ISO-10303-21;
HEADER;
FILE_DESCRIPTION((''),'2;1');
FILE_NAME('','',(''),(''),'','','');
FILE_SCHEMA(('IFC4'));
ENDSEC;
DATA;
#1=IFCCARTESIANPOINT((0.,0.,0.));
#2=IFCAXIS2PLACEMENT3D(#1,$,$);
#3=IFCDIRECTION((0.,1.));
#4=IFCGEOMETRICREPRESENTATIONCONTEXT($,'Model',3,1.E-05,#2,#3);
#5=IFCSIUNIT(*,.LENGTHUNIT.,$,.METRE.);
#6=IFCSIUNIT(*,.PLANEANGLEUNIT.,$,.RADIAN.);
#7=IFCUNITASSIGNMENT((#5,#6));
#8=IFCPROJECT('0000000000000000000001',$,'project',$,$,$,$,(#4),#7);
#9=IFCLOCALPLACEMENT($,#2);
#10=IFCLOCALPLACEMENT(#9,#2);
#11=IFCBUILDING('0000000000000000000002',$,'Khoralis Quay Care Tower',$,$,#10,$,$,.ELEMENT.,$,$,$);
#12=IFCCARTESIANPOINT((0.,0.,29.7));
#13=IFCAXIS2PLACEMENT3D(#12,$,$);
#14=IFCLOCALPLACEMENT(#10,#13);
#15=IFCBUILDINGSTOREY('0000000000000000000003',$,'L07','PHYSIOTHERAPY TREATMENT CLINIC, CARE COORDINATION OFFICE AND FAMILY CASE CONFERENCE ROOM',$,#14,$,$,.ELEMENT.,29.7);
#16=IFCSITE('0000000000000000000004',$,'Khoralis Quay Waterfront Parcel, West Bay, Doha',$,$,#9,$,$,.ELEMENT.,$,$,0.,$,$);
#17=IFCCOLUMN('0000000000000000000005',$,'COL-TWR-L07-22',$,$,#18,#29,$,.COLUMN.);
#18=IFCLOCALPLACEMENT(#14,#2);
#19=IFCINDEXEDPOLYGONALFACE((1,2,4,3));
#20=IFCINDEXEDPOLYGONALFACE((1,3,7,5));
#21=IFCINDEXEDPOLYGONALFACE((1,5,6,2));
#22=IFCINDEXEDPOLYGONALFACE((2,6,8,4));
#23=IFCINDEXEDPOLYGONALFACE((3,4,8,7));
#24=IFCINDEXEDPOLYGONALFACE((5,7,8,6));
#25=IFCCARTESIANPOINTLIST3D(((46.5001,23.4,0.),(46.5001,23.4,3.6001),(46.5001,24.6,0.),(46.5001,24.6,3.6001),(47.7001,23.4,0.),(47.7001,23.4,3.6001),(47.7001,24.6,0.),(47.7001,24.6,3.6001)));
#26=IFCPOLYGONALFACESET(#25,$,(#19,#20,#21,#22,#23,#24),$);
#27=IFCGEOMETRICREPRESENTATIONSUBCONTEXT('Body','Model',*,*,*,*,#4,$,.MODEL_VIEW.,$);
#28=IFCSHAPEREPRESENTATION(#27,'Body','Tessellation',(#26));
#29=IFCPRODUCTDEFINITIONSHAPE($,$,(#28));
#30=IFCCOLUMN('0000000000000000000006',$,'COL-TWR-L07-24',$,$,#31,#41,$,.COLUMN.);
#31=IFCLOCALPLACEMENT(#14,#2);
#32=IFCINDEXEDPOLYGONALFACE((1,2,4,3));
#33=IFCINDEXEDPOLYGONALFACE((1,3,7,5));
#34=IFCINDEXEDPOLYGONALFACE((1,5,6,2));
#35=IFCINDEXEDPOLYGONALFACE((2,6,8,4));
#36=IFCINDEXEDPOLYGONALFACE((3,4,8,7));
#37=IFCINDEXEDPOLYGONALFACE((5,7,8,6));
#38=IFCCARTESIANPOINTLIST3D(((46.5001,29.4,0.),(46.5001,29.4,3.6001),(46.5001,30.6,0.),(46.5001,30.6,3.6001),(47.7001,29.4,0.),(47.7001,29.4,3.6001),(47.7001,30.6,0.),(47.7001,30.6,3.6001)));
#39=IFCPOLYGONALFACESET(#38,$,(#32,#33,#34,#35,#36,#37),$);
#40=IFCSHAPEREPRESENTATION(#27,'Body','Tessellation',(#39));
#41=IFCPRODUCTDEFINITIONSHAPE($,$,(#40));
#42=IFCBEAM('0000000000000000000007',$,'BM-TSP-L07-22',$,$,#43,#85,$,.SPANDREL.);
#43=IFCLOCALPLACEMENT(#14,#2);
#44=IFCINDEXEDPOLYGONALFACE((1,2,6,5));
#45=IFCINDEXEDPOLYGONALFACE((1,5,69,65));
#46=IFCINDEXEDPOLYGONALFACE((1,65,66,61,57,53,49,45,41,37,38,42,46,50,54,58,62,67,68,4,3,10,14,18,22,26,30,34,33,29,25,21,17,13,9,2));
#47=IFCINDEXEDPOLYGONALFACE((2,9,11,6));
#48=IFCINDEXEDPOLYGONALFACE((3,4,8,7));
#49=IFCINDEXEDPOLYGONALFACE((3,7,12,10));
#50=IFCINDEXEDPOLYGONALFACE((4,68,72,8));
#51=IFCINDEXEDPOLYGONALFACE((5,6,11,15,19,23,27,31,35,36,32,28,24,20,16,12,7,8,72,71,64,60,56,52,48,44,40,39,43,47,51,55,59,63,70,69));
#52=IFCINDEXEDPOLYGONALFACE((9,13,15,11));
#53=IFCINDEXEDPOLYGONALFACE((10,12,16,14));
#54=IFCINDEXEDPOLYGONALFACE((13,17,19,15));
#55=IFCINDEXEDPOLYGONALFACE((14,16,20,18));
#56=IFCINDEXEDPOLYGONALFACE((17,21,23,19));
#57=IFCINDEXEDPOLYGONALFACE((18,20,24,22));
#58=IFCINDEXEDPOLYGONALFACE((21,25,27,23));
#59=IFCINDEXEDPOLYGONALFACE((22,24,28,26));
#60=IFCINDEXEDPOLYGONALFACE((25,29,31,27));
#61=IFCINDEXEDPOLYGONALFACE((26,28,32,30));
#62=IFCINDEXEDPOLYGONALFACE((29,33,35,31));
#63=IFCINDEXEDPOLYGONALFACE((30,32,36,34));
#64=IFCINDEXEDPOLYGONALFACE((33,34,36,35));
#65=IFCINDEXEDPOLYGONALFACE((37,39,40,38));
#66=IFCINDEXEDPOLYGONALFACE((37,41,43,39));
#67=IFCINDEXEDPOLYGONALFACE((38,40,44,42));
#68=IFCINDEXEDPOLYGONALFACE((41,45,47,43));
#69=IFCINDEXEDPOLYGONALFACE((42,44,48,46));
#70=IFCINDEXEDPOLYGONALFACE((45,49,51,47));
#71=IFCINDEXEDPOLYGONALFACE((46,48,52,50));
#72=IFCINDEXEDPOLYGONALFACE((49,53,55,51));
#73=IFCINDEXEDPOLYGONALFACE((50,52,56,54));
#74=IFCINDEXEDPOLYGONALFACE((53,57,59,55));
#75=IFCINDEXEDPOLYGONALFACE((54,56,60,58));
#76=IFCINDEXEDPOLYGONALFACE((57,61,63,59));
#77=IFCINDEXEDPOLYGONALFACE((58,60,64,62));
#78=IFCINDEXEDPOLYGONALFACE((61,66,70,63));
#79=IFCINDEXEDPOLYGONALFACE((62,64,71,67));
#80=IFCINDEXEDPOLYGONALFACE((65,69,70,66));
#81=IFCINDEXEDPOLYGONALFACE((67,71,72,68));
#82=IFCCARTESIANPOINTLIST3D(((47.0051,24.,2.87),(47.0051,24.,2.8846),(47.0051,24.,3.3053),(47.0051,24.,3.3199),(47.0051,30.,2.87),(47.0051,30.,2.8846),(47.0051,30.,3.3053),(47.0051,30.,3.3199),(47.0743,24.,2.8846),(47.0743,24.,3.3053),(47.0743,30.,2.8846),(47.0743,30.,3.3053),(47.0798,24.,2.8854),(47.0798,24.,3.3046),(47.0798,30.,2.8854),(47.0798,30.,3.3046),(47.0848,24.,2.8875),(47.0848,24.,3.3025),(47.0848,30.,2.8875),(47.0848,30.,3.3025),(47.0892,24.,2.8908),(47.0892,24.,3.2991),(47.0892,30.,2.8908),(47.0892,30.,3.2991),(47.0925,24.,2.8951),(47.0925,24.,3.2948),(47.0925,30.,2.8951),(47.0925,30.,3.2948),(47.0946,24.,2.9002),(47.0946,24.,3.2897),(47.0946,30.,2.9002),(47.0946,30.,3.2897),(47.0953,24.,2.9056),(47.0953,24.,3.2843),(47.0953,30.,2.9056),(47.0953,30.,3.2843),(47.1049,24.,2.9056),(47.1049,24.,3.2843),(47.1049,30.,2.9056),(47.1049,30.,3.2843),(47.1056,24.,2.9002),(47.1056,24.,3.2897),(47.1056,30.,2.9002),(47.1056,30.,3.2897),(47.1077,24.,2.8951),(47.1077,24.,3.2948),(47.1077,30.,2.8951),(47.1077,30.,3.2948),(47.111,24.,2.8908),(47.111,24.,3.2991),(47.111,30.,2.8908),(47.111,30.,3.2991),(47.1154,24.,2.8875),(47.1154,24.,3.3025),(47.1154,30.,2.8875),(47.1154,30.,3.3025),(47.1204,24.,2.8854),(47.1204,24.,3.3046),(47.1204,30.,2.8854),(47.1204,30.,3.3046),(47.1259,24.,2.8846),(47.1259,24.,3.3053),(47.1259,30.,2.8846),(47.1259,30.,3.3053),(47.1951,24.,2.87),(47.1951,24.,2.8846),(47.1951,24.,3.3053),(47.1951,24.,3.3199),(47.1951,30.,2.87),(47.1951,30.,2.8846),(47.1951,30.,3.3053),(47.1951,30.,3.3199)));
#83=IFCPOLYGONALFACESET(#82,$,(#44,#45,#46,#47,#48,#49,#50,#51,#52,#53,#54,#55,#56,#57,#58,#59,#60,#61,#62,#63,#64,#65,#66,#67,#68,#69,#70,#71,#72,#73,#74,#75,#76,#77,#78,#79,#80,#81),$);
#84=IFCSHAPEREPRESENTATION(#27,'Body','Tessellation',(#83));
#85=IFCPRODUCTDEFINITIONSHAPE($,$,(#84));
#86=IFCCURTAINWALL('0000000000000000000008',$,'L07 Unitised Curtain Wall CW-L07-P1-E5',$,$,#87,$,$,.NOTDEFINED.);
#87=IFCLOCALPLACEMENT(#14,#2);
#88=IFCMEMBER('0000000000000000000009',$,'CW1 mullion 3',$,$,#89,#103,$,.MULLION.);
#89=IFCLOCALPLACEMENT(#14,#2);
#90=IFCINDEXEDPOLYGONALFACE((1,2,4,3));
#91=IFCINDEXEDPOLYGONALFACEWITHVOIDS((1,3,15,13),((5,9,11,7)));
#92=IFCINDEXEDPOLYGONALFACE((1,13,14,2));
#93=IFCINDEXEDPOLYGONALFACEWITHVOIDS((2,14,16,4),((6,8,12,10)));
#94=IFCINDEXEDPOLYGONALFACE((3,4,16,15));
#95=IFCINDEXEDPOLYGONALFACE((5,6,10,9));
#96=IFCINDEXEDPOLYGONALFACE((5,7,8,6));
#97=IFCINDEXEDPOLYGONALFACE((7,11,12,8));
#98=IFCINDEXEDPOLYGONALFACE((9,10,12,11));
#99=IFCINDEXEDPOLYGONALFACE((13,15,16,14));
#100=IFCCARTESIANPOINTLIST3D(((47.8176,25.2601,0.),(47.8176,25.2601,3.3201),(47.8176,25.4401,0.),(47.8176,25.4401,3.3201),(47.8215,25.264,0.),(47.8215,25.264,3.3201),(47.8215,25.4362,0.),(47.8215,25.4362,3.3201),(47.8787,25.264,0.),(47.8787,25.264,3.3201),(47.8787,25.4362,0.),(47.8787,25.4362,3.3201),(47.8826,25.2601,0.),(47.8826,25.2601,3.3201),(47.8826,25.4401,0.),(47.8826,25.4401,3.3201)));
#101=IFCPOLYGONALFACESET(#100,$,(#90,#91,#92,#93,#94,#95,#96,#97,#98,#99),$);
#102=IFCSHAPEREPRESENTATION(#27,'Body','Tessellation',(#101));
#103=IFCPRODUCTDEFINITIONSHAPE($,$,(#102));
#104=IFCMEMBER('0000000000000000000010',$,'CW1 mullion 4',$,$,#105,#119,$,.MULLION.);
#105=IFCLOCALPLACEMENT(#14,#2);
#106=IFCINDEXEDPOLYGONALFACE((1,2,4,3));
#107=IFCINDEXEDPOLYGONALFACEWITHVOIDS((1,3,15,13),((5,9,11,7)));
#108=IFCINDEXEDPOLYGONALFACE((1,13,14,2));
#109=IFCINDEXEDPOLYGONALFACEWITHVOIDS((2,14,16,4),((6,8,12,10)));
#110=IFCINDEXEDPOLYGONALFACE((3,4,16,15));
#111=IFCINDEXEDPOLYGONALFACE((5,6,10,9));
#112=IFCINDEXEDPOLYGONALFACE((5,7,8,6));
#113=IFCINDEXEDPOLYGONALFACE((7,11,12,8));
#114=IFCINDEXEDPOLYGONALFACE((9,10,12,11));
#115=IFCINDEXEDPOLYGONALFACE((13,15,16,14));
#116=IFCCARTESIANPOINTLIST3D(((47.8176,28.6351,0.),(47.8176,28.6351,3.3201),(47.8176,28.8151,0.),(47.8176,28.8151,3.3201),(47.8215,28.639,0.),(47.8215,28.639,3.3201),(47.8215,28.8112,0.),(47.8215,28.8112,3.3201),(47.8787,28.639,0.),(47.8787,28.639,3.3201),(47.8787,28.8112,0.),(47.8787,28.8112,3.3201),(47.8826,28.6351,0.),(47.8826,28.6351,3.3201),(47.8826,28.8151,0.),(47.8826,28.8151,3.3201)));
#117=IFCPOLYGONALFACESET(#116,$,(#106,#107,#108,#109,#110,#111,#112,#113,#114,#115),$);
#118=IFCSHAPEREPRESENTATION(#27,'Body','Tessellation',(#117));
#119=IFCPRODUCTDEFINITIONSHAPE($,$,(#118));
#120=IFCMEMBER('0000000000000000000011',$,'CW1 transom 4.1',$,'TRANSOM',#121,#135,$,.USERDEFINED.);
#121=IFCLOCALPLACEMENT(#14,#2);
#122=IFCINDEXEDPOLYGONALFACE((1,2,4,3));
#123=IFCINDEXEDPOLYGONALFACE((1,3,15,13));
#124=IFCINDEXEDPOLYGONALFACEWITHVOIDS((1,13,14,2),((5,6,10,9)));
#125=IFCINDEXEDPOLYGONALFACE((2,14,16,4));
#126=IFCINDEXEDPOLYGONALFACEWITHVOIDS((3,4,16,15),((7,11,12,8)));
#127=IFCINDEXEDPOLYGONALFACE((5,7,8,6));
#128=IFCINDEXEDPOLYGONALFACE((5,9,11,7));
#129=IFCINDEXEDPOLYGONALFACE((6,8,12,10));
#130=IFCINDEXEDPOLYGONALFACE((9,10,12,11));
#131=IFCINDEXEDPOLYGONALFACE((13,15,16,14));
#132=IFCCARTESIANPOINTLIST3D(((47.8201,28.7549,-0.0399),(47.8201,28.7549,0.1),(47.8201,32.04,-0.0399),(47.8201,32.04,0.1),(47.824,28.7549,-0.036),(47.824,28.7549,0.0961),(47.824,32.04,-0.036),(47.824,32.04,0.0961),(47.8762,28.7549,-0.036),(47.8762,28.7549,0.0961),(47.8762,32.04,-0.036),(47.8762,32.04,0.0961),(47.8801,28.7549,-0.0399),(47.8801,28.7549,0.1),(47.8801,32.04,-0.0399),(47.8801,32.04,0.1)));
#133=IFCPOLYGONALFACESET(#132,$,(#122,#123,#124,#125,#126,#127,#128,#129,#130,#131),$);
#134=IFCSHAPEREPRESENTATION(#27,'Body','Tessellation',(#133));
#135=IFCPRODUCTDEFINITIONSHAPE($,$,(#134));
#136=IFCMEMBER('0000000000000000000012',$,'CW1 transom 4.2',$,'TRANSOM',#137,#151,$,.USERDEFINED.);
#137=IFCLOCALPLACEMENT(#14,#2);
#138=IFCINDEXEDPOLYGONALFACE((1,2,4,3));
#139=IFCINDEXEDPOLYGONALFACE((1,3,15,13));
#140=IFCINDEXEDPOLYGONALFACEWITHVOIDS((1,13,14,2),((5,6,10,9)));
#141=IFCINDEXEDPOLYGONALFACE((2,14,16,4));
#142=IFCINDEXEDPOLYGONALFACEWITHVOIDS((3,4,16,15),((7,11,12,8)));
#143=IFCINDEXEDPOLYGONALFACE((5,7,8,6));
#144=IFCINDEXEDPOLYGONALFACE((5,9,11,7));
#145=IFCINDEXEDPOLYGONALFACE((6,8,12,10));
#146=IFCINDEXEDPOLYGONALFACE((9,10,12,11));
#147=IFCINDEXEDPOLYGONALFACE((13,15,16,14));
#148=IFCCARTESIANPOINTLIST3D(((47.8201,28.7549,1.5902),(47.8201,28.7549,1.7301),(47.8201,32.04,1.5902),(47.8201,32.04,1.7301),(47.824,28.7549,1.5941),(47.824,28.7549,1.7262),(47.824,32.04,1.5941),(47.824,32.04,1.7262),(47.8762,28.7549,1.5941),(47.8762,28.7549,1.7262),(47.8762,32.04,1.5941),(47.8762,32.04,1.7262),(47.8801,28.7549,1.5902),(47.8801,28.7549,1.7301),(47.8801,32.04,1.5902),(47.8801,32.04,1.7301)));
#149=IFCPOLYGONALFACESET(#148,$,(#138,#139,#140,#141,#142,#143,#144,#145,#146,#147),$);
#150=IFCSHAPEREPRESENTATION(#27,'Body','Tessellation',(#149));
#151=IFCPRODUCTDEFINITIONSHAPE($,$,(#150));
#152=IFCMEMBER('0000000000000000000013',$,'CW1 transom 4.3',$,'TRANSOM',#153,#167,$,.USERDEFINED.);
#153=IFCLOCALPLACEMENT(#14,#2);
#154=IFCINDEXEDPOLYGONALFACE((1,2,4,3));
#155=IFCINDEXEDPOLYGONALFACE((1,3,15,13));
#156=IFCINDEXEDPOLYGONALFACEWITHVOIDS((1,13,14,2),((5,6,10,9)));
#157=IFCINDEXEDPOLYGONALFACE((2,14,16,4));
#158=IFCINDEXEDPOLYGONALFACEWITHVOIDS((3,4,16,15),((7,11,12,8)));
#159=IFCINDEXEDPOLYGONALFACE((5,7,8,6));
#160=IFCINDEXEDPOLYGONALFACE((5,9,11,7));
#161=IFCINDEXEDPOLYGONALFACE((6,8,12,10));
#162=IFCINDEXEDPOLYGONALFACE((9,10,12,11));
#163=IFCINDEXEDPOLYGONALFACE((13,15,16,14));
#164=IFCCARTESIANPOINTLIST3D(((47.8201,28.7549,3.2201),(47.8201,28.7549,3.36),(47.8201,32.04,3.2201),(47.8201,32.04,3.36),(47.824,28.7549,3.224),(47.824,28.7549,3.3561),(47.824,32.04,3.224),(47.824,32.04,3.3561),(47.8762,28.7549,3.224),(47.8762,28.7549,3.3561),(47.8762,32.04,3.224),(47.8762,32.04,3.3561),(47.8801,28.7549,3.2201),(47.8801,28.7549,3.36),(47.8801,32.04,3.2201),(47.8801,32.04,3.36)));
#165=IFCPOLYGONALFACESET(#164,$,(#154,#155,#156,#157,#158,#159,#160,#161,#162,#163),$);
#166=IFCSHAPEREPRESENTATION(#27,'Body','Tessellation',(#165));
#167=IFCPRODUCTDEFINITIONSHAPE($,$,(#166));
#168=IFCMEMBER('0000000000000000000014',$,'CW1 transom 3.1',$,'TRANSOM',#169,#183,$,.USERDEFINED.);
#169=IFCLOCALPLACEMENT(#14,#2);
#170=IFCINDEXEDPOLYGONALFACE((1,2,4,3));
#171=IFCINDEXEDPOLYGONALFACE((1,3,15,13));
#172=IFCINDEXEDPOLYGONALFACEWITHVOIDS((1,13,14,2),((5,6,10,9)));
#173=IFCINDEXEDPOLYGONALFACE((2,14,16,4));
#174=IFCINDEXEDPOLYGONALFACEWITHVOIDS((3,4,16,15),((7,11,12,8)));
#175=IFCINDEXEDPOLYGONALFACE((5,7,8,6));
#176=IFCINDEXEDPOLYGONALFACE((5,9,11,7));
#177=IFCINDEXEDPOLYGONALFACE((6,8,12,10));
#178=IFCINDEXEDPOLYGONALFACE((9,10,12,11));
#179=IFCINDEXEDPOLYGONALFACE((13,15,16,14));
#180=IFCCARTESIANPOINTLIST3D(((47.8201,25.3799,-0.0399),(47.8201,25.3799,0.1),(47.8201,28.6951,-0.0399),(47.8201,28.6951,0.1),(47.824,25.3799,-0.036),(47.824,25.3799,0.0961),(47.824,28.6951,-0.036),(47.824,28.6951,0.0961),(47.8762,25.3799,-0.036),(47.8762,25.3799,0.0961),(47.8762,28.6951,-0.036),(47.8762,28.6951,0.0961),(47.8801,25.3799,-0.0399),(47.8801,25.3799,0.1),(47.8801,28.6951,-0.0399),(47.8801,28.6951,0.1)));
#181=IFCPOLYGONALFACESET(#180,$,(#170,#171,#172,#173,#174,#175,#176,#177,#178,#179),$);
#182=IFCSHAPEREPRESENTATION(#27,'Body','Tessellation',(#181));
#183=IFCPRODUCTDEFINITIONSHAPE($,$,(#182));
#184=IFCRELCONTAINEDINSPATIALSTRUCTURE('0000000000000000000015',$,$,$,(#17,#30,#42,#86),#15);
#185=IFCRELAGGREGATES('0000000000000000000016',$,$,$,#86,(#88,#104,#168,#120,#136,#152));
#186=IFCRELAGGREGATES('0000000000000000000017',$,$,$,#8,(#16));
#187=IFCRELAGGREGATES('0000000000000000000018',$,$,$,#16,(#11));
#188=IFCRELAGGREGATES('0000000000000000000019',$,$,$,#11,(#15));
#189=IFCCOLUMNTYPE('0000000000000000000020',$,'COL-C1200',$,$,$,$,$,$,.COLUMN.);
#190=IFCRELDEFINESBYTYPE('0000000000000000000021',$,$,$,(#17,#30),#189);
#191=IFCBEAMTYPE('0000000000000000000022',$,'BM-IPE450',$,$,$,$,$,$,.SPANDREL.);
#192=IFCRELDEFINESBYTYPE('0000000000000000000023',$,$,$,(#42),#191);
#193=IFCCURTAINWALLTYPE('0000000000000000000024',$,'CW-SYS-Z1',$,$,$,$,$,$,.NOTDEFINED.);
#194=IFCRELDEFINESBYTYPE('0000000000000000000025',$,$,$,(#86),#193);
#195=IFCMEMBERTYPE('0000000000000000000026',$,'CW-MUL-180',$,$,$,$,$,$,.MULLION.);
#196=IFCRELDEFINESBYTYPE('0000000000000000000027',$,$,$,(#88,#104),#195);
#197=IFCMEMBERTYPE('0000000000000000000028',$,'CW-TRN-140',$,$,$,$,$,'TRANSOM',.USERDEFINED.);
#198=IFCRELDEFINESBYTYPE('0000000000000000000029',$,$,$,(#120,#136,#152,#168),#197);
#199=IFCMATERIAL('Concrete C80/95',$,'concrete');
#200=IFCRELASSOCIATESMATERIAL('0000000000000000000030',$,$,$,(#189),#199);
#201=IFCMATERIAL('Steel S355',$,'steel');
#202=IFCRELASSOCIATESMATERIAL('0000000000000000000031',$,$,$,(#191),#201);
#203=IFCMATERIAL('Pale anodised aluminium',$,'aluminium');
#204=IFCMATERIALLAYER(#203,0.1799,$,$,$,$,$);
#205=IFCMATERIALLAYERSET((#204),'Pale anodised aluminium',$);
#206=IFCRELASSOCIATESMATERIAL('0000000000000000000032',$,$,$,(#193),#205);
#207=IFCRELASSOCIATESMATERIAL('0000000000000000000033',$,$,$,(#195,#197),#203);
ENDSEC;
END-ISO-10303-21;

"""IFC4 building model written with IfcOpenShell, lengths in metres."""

from ifc_helpers import new_model, si_unit, direction, frame, origin, origin_2d, place, context, subcontext, project, spatial, rectangle, hollow_rectangle, i_section, extrude, source, transform, mapped, material, layer, layer_set, material_profile, profile_set, type_object, element, aggregate, save


model = new_model("IFC4")

# Units and contexts
model_context = context("Model", 3, precision=1e-05, world=origin(), true_north=direction((0.0, 1.0)))
body_context = subcontext(model_context, "Body", "Model", "MODEL_VIEW")
ifc_project = project(units=[si_unit("LENGTHUNIT", "METRE"), si_unit("PLANEANGLEUNIT", "RADIAN")], contexts=[model_context])

# Site, building, storey
site_placement = place(None, origin())
site = spatial("IfcSite", under=ifc_project, at=site_placement, Name="Khoralis Quay Waterfront Parcel, West Bay, Doha", CompositionType="ELEMENT", RefElevation=0.0)
building_placement = place(site_placement, origin())
building = spatial("IfcBuilding", under=site, at=building_placement, Name="Khoralis Quay Care Tower", CompositionType="ELEMENT")
storey_placement = place(building_placement, frame((0.0, 0.0, 29.7)))
storey = spatial("IfcBuildingStorey", under=building, at=storey_placement, Name="L07", Description="PHYSIOTHERAPY TREATMENT CLINIC, CARE COORDINATION OFFICE AND FAMILY CASE CONFERENCE ROOM", CompositionType="ELEMENT", Elevation=29.7)

# Columns
ifc_material_1 = material(Name="Concrete C80/95", Category="concrete")
ifc_material_profile_1 = material_profile(ifc_material_1, rectangle(XDim=1.2, YDim=1.2, at=origin_2d()), Name="Concrete C80/95")
ifc_profile_set_1 = profile_set([ifc_material_profile_1], Name="Concrete C80/95")
column_type = type_object("IfcColumnType", Name="COL-C1200", PredefinedType="COLUMN", material=ifc_profile_set_1)
shared_shape_1 = source(origin(), body_context, "Body", "SweptSolid", [
    extrude(rectangle(XDim=1.2, YDim=1.2, at=origin_2d()), origin(), (0.0, 0.0, 1.0), 3.6001),
])
for number, where, z_axis, x_axis, name in (
    (1, (47.1001, 24.0, 0.0), (0.0, 0.0, 1.0), (1.0, 0.0, 0.0), "COL-TWR-L07-22"),
    (2, (47.1001, 30.0, 0.0), (0.0, 0.0, 1.0), (1.0, 0.0, 0.0), "COL-TWR-L07-24"),
):
    element("IfcColumn", number, at=place(storey_placement, frame(where, z_axis=z_axis, x_axis=x_axis)), inside=storey, type_object=column_type, Name=name, PredefinedType="COLUMN", context=body_context, shape_type="MappedRepresentation", body=[
        mapped(shared_shape_1, transform((0.0, 0.0, 0.0), scale=1.0)),
    ])

# Beam
ifc_material_2 = material(Name="Steel S355", Category="steel")
ifc_material_profile_2 = material_profile(ifc_material_2, i_section(OverallWidth=0.1899, OverallDepth=0.45, WebThickness=0.0095, FlangeThickness=0.0146, FilletRadius=0.021, at=origin_2d()), Name="Steel S355")
ifc_profile_set_2 = profile_set([ifc_material_profile_2], Name="Steel S355")
beam_type = type_object("IfcBeamType", Name="BM-IPE450", PredefinedType="SPANDREL", material=ifc_profile_set_2)
shared_shape_2 = source(origin(), body_context, "Body", "SweptSolid", [
    extrude(i_section(OverallWidth=0.1899, OverallDepth=0.45, WebThickness=0.0095, FlangeThickness=0.0146, FilletRadius=0.021, at=origin_2d()), origin(), (0.0, 0.0, 1.0), 6.0),
])
beam_placement = place(storey_placement, frame((47.1001, 24.0, 3.095), z_axis=(0.0, 1.0, 0.0), x_axis=(-1.0, 0.0, 0.0)))
element("IfcBeam", 3, at=beam_placement, inside=storey, type_object=beam_type, Name="BM-TSP-L07-22", PredefinedType="SPANDREL", context=body_context, shape_type="MappedRepresentation", body=[
    mapped(shared_shape_2, transform((0.0, 0.0, 0.0), scale=1.0)),
])

# Curtain wall, members
ifc_material_3 = material(Name="Pale anodised aluminium", Category="aluminium")
ifc_layer_1 = layer(ifc_material_3, 0.1799)
ifc_layer_set_1 = layer_set([ifc_layer_1], Name="Pale anodised aluminium")
curtain_wall_type = type_object("IfcCurtainWallType", Name="CW-SYS-Z1", PredefinedType="NOTDEFINED", material=ifc_layer_set_1)
curtain_wall_placement = place(storey_placement, origin())
curtain_wall = element("IfcCurtainWall", 4, at=curtain_wall_placement, inside=storey, type_object=curtain_wall_type, Name="L07 Unitised Curtain Wall CW-L07-P1-E5", PredefinedType="NOTDEFINED")
ifc_material_profile_3 = material_profile(ifc_material_3, hollow_rectangle(XDim=0.0649, YDim=0.1799, WallThickness=0.0039, at=origin_2d()), Name="Pale anodised aluminium")
ifc_profile_set_3 = profile_set([ifc_material_profile_3], Name="Pale anodised aluminium")
member_type_1 = type_object("IfcMemberType", Name="CW-MUL-180", PredefinedType="MULLION", material=ifc_profile_set_3)
shared_shape_3 = source(origin(), body_context, "Body", "SweptSolid", [
    extrude(hollow_rectangle(XDim=0.0649, YDim=0.1799, WallThickness=0.0039, at=origin_2d()), origin(), (0.0, 0.0, 1.0), 3.3201),
])
member_1_placement = place(storey_placement, frame((47.8501, 25.3501, 0.0), z_axis=(0.0, 0.0, 1.0), x_axis=(-1.0, 0.0, 0.0)))
member_1 = element("IfcMember", 5, at=member_1_placement, type_object=member_type_1, Name="CW1 mullion 3", PredefinedType="MULLION", context=body_context, shape_type="MappedRepresentation", body=[
    mapped(shared_shape_3, transform((0.0, 0.0, 0.0), scale=1.0)),
])
member_2_placement = place(storey_placement, frame((47.8501, 28.7251, 0.0), z_axis=(0.0, 0.0, 1.0), x_axis=(-1.0, 0.0, 0.0)))
member_2 = element("IfcMember", 6, at=member_2_placement, type_object=member_type_1, Name="CW1 mullion 4", PredefinedType="MULLION", context=body_context, shape_type="MappedRepresentation", body=[
    mapped(shared_shape_3, transform((0.0, 0.0, 0.0), scale=1.0)),
])
ifc_material_profile_4 = material_profile(ifc_material_3, hollow_rectangle(XDim=0.0601, YDim=0.1399, WallThickness=0.0039, at=origin_2d()), Name="Pale anodised aluminium")
ifc_profile_set_4 = profile_set([ifc_material_profile_4], Name="Pale anodised aluminium")
member_type_2 = type_object("IfcMemberType", Name="CW-TRN-140", ElementType="TRANSOM", PredefinedType="USERDEFINED", material=ifc_profile_set_4)
shared_shape_4 = source(origin(), body_context, "Body", "SweptSolid", [
    extrude(hollow_rectangle(XDim=0.0601, YDim=0.1399, WallThickness=0.0039, at=origin_2d()), origin(), (0.0, 0.0, 1.0), 3.2852),
])
member_3_placement = place(storey_placement, frame((47.8501, 28.7549, 0.03), z_axis=(0.0, 1.0, 0.0), x_axis=(-1.0, 0.0, 0.0)))
member_3 = element("IfcMember", 7, at=member_3_placement, type_object=member_type_2, Name="CW1 transom 4.1", ObjectType="TRANSOM", PredefinedType="USERDEFINED", context=body_context, shape_type="MappedRepresentation", body=[
    mapped(shared_shape_4, transform((0.0, 0.0, 0.0), scale=1.0)),
])
member_4_placement = place(storey_placement, frame((47.8501, 28.7549, 1.6602), z_axis=(0.0, 1.0, 0.0), x_axis=(-1.0, 0.0, 0.0)))
member_4 = element("IfcMember", 8, at=member_4_placement, type_object=member_type_2, Name="CW1 transom 4.2", ObjectType="TRANSOM", PredefinedType="USERDEFINED", context=body_context, shape_type="MappedRepresentation", body=[
    mapped(shared_shape_4, transform((0.0, 0.0, 0.0), scale=1.0)),
])
member_5_placement = place(storey_placement, frame((47.8501, 28.7549, 3.29), z_axis=(0.0, 1.0, 0.0), x_axis=(-1.0, 0.0, 0.0)))
member_5 = element("IfcMember", 9, at=member_5_placement, type_object=member_type_2, Name="CW1 transom 4.3", ObjectType="TRANSOM", PredefinedType="USERDEFINED", context=body_context, shape_type="MappedRepresentation", body=[
    mapped(shared_shape_4, transform((0.0, 0.0, 0.0), scale=1.0)),
])
shared_shape_5 = source(origin(), body_context, "Body", "SweptSolid", [
    extrude(hollow_rectangle(XDim=0.0601, YDim=0.1399, WallThickness=0.0039, at=origin_2d()), origin(), (0.0, 0.0, 1.0), 3.3152),
])
member_6_placement = place(storey_placement, frame((47.8501, 25.3799, 0.03), z_axis=(0.0, 1.0, 0.0), x_axis=(-1.0, 0.0, 0.0)))
member_6 = element("IfcMember", 10, at=member_6_placement, type_object=member_type_2, Name="CW1 transom 3.1", ObjectType="TRANSOM", PredefinedType="USERDEFINED", context=body_context, shape_type="MappedRepresentation", body=[
    mapped(shared_shape_5, transform((0.0, 0.0, 0.0), scale=1.0)),
])
aggregate(curtain_wall, [member_1, member_2, member_6, member_3, member_4, member_5])

save(model, "model.ifc")
